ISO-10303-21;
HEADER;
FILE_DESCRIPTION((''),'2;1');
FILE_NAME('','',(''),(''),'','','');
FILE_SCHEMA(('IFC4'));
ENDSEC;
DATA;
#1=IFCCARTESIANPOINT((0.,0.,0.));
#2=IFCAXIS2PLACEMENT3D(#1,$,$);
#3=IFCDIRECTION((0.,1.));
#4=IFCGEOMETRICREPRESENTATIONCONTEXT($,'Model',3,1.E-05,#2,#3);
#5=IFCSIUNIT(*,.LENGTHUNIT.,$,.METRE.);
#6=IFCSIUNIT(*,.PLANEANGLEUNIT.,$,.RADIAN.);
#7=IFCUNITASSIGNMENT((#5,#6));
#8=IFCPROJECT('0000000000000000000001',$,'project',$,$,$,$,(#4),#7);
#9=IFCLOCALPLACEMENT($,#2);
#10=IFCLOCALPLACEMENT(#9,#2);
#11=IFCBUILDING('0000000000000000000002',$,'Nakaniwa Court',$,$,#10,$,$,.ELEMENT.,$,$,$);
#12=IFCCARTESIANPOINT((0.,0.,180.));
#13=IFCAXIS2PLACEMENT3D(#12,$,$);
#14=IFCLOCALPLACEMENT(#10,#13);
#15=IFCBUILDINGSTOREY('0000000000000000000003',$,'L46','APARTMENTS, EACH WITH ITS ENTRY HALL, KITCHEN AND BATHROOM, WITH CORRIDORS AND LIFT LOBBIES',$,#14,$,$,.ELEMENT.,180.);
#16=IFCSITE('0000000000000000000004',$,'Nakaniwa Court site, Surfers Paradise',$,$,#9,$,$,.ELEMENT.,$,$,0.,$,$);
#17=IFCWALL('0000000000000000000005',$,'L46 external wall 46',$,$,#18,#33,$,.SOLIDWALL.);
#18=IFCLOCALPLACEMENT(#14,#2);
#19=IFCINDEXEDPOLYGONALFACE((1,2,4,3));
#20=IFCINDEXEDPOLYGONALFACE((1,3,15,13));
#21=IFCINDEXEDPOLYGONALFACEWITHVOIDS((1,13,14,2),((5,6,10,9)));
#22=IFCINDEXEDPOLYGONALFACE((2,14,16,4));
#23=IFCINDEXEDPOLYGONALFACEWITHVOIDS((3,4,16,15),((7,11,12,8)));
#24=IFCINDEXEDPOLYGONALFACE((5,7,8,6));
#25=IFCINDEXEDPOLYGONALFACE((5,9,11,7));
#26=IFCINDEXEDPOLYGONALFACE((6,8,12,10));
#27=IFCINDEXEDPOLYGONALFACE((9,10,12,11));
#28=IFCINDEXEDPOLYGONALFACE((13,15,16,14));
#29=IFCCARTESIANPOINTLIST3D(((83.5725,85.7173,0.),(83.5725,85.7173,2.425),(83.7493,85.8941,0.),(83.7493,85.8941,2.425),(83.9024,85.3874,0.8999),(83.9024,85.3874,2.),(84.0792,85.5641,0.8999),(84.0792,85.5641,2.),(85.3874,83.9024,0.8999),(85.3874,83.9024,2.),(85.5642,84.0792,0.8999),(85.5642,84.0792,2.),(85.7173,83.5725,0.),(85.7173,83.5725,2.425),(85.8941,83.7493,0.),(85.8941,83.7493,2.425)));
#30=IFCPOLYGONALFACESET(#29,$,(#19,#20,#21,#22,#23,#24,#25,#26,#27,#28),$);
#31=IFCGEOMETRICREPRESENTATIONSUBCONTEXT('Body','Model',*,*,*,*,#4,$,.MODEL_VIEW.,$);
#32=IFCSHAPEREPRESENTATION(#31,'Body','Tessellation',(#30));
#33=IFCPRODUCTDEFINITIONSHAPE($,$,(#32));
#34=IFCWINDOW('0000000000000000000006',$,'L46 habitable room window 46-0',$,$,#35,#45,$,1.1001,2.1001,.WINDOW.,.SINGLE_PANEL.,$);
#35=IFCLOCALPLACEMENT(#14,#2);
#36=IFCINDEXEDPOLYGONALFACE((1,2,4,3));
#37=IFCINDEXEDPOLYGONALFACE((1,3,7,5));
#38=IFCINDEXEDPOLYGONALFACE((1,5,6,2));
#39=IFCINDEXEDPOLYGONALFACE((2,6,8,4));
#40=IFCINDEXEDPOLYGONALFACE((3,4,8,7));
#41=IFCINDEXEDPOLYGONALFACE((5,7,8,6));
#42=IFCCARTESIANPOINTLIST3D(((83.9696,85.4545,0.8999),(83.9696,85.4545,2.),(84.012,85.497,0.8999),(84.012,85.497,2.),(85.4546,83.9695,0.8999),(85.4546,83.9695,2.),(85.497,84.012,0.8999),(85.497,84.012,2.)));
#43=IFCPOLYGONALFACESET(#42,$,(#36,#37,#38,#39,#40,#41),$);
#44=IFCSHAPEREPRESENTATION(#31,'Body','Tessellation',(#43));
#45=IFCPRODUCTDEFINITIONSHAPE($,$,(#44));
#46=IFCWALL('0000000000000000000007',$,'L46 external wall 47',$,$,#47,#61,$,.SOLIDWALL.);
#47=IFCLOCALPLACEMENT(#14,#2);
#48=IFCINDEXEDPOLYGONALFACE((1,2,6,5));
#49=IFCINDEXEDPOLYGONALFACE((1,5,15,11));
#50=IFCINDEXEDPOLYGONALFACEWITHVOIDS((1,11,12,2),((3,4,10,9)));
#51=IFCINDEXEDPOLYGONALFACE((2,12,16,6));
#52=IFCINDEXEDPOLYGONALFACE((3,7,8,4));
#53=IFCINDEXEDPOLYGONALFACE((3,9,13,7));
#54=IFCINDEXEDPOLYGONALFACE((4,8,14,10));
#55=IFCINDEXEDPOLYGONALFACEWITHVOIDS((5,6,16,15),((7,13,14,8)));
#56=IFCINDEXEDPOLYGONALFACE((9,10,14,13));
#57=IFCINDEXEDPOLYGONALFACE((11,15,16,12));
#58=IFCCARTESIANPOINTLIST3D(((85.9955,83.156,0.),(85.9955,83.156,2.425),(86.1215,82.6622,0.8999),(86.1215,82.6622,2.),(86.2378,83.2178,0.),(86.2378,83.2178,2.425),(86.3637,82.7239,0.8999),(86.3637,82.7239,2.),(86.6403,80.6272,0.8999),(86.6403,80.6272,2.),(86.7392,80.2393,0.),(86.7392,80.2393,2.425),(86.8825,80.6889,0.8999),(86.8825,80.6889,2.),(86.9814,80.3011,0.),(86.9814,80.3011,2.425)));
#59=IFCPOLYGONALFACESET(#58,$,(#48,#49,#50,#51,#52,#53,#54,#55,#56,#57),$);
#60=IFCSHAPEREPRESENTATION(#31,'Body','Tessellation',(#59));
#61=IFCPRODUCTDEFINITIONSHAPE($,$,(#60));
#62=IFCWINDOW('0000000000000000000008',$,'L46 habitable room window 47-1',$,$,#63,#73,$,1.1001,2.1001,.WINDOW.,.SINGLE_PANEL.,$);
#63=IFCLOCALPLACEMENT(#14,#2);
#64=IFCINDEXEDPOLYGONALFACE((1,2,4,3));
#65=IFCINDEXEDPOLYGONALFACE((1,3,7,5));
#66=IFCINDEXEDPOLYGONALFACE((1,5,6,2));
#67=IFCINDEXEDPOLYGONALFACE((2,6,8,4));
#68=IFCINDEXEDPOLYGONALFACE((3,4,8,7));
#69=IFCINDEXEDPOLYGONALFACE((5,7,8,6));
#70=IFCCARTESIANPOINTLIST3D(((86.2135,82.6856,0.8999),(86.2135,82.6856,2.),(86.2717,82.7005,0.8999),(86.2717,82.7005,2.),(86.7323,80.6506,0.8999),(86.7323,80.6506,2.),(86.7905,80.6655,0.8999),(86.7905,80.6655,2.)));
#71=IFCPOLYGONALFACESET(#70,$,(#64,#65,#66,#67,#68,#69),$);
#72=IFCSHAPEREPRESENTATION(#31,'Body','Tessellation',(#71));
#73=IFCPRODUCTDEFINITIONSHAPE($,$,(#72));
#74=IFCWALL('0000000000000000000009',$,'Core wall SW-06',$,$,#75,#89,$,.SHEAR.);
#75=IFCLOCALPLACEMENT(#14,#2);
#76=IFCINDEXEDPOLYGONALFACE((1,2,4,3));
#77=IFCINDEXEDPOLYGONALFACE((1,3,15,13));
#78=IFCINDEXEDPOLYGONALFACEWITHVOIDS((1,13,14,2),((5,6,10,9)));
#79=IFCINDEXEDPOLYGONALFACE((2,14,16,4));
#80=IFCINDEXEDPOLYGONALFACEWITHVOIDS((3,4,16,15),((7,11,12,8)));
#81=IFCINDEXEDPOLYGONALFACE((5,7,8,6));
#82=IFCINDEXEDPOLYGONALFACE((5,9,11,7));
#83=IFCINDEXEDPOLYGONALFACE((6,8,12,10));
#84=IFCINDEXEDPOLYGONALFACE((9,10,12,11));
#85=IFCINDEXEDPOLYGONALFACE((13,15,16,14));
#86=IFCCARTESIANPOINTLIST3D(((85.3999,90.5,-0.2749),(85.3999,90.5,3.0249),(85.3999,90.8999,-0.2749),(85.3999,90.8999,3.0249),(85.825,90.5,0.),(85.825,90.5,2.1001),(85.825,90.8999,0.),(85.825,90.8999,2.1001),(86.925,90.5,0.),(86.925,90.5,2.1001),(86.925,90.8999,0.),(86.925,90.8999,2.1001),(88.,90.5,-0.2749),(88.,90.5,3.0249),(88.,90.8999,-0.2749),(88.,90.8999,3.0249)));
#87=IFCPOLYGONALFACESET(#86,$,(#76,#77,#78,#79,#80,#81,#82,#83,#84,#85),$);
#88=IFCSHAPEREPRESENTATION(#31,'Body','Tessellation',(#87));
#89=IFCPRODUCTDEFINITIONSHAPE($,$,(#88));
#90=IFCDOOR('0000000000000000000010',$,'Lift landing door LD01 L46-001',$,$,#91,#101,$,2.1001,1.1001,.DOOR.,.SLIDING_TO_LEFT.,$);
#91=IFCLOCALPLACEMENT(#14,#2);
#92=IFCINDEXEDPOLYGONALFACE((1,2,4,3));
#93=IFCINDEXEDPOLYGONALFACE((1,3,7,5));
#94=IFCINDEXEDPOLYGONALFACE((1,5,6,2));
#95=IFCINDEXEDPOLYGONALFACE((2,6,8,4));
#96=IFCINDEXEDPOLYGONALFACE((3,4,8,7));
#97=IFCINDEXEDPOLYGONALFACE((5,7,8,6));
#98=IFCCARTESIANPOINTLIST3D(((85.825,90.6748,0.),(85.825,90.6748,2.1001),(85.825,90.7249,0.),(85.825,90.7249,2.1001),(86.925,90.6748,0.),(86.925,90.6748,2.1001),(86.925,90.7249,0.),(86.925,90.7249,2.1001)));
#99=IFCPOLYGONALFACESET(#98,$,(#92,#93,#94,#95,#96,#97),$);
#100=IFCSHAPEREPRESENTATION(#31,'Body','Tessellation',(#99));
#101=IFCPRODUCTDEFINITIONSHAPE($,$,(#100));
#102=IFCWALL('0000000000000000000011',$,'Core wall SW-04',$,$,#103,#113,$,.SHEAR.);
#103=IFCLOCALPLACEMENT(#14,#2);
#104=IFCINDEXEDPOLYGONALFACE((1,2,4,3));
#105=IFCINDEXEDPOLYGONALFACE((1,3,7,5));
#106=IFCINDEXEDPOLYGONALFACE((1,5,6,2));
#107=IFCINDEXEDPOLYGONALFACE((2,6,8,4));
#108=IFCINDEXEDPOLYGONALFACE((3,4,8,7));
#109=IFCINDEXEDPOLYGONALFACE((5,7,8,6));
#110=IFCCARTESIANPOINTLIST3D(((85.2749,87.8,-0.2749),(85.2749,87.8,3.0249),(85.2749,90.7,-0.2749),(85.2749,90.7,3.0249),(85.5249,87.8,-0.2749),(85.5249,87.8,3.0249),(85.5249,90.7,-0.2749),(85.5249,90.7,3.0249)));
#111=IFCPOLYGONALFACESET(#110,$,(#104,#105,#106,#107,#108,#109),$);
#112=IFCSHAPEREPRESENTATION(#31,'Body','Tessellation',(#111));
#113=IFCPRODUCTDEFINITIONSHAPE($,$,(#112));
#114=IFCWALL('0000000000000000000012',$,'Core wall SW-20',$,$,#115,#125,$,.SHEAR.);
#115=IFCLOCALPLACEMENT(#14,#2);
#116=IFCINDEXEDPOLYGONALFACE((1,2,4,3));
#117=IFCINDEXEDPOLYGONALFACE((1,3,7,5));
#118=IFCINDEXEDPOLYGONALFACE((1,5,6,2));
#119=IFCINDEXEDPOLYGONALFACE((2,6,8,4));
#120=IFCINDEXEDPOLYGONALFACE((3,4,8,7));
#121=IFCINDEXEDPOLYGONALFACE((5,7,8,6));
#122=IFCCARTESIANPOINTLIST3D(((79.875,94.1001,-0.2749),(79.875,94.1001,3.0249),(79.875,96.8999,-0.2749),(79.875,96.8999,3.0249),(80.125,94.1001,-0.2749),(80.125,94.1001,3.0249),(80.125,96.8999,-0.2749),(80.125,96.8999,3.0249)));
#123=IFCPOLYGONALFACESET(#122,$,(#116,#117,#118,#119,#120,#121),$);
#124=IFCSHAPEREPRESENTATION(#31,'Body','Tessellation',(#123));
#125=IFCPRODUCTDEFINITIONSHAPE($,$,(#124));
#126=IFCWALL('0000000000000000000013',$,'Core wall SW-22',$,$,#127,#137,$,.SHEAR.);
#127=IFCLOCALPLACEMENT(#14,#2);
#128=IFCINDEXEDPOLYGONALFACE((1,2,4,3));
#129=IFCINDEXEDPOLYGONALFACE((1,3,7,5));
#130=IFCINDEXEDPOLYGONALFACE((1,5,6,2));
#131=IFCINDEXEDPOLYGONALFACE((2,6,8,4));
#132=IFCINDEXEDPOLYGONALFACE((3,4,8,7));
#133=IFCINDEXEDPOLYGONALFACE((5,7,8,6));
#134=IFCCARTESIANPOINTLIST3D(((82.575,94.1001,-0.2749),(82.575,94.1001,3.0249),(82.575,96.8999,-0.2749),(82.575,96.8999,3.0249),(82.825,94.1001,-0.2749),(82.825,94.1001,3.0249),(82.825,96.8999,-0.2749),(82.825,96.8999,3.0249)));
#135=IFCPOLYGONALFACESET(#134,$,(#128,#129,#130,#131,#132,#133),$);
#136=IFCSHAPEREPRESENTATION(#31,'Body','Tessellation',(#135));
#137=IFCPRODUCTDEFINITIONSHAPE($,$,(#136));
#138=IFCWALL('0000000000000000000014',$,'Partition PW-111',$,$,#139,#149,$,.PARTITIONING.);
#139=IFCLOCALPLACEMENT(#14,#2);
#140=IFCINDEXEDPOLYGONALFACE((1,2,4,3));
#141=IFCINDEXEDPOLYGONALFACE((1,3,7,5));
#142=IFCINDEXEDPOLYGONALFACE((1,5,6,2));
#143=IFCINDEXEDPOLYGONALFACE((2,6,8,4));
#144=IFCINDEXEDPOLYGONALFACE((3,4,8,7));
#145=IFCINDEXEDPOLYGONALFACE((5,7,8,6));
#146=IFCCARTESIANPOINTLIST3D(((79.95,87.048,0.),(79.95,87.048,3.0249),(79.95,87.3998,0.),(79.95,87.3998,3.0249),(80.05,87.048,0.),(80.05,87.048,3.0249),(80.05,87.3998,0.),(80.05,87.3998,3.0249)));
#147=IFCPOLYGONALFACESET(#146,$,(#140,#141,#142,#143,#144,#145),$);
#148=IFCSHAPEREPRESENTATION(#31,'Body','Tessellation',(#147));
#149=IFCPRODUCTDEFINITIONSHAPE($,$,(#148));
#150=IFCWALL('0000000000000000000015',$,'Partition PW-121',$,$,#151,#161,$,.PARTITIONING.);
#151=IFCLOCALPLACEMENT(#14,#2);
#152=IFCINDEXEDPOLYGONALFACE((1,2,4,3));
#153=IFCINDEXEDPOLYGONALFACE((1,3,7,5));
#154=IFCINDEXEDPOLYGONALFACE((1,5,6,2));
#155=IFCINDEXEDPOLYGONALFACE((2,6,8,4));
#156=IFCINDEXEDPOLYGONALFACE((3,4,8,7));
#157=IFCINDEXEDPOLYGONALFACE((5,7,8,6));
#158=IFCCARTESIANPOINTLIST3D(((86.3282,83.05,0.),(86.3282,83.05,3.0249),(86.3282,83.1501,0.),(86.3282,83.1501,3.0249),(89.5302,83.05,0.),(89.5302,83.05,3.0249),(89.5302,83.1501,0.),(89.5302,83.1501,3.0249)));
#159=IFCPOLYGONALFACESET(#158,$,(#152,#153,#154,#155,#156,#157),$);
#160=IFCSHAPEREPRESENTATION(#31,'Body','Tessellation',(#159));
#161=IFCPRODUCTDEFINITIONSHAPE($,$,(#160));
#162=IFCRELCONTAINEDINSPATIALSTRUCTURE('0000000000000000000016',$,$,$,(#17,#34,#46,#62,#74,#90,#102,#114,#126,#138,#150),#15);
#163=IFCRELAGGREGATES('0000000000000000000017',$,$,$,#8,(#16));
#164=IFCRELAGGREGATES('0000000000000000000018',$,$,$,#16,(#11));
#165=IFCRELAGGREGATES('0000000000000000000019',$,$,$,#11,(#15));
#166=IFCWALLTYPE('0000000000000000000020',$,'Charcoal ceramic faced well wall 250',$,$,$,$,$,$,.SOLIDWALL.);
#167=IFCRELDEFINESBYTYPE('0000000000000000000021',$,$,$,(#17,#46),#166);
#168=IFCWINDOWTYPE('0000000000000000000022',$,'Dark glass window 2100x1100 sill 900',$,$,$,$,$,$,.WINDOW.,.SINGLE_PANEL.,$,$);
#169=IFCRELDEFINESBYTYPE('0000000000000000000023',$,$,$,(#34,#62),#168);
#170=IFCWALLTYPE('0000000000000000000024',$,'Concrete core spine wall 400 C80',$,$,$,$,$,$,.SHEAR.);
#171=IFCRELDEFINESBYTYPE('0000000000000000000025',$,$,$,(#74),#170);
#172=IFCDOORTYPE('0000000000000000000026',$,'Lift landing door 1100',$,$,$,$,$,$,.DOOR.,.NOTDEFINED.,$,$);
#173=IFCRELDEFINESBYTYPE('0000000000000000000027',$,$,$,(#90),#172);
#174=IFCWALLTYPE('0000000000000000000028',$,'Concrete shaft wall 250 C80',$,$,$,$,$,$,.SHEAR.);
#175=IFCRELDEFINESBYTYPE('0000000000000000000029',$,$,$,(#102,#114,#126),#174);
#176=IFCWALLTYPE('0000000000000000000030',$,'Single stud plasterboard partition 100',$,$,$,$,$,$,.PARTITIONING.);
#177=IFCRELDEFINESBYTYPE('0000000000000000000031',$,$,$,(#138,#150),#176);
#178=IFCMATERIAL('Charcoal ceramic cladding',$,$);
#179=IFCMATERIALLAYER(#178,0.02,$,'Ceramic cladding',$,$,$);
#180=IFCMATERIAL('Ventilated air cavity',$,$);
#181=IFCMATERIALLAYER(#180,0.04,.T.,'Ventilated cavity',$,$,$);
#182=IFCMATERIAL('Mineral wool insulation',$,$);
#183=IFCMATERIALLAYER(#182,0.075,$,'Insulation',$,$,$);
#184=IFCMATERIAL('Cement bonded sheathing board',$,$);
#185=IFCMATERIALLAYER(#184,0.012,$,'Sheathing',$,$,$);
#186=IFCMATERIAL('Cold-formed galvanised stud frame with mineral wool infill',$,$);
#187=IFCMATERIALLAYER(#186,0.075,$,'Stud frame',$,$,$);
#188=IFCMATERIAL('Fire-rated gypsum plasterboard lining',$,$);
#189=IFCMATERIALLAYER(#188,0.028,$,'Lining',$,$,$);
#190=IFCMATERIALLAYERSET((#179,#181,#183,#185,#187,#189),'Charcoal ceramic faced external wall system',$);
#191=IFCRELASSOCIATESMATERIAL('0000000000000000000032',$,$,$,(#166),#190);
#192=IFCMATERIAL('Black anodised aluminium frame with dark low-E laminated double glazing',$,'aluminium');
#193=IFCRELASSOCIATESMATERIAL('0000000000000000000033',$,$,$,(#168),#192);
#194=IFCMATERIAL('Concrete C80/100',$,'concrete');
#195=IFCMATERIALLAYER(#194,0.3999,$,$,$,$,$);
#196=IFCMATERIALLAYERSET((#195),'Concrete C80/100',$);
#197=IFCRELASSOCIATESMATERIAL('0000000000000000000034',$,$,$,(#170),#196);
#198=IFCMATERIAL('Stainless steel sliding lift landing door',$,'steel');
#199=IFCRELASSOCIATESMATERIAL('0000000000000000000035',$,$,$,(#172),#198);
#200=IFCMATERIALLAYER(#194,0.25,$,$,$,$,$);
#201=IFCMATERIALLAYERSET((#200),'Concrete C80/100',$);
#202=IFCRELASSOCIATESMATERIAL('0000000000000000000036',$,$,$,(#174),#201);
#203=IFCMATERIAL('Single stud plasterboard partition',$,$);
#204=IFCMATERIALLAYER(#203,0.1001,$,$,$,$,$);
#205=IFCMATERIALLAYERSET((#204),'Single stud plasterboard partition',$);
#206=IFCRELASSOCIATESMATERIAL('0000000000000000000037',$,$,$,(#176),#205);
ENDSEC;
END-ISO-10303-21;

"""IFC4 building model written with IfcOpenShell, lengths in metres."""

from ifc_helpers import new_model, si_unit, direction, frame, frame_2d, origin, place, context, subcontext, project, spatial, rectangle, extrude, material, layer, layer_set, type_object, element, fill, save


model = new_model("IFC4")

# Units and contexts
model_context = context("Model", 3, precision=1e-05, world=origin(), true_north=direction((0.0, 1.0)))
body_context = subcontext(model_context, "Body", "Model", "MODEL_VIEW")
ifc_project = project(units=[si_unit("LENGTHUNIT", "METRE"), si_unit("PLANEANGLEUNIT", "RADIAN")], contexts=[model_context])

# Site, building, storey
site_placement = place(None, origin())
site = spatial("IfcSite", under=ifc_project, at=site_placement, Name="Nakaniwa Court site, Surfers Paradise", CompositionType="ELEMENT", RefElevation=0.0)
building_placement = place(site_placement, origin())
building = spatial("IfcBuilding", under=site, at=building_placement, Name="Nakaniwa Court", CompositionType="ELEMENT")
storey_placement = place(building_placement, frame((0.0, 0.0, 180.0)))
storey = spatial("IfcBuildingStorey", under=building, at=storey_placement, Name="L46", Description="APARTMENTS, EACH WITH ITS ENTRY HALL, KITCHEN AND BATHROOM, WITH CORRIDORS AND LIFT LOBBIES", CompositionType="ELEMENT", Elevation=180.0)

# Shared definitions
ifc_material_1 = material(Name="Concrete C80/100", Category="concrete")

# Walls, openings, windows
ifc_material_2 = material(Name="Charcoal ceramic cladding")
ifc_layer_1 = layer(ifc_material_2, 0.02, Name="Ceramic cladding")
ifc_material_3 = material(Name="Ventilated air cavity")
ifc_layer_2 = layer(ifc_material_3, 0.04, ventilated=True, Name="Ventilated cavity")
ifc_material_4 = material(Name="Mineral wool insulation")
ifc_layer_3 = layer(ifc_material_4, 0.075, Name="Insulation")
ifc_material_5 = material(Name="Cement bonded sheathing board")
ifc_layer_4 = layer(ifc_material_5, 0.012, Name="Sheathing")
ifc_material_6 = material(Name="Cold-formed galvanised stud frame with mineral wool infill")
ifc_layer_5 = layer(ifc_material_6, 0.075, Name="Stud frame")
ifc_material_7 = material(Name="Fire-rated gypsum plasterboard lining")
ifc_layer_6 = layer(ifc_material_7, 0.028, Name="Lining")
ifc_layer_set_1 = layer_set([ifc_layer_1, ifc_layer_2, ifc_layer_3, ifc_layer_4, ifc_layer_5, ifc_layer_6], Name="Charcoal ceramic faced external wall system")
wall_type_1 = type_object("IfcWallType", Name="Charcoal ceramic faced well wall 250", PredefinedType="SOLIDWALL", material=ifc_layer_set_1)
ifc_material_8 = material(Name="Black anodised aluminium frame with dark low-E laminated double glazing", Category="aluminium")
window_type = type_object("IfcWindowType", Name="Dark glass window 2100x1100 sill 900", PartitioningType="SINGLE_PANEL", PredefinedType="WINDOW", material=ifc_material_8)
wall_1_placement = place(storey_placement, frame((83.6609, 85.8057, 0.0), z_axis=(0.0, 0.0, 1.0), x_axis=(0.707107, -0.707107, 0.0)))
wall_1 = element("IfcWall", 1, at=wall_1_placement, inside=storey, type_object=wall_type_1, Name="L46 external wall 46", PredefinedType="SOLIDWALL", context=body_context, shape_type="SweptSolid", body=[
    extrude(rectangle(XDim=3.0332, YDim=0.25, at=frame_2d((1.5166, 0.0))), origin(), (0.0, 0.0, 1.0), 2.425),
])
opening_1_placement = place(wall_1_placement, frame((0.4666, 0.0, 0.8999)))
opening_1 = element("IfcOpeningElement", 2, at=opening_1_placement, cuts=wall_1, PredefinedType="OPENING", context=body_context, shape_type="SweptSolid", body=[
    extrude(rectangle(XDim=2.1001, YDim=1.1001, at=frame_2d((1.05, 0.55))), frame((0.0, 0.135, 0.0), z_axis=(0.0, -1.0, 0.0), x_axis=(1.0, 0.0, 0.0)), (0.0, 0.0, 1.0), 0.27),
])
window_1_placement = place(opening_1_placement, origin())
window_1 = element("IfcWindow", 3, at=window_1_placement, inside=storey, type_object=window_type, Name="L46 habitable room window 46-0", OverallHeight=1.1001, OverallWidth=2.1001, PartitioningType="SINGLE_PANEL", PredefinedType="WINDOW", context=body_context, shape_type="SweptSolid", body=[
    extrude(rectangle(XDim=2.1001, YDim=1.1001, at=frame_2d((1.05, 0.55))), frame((0.0, 0.03, 0.0), z_axis=(0.0, -1.0, 0.0), x_axis=(1.0, 0.0, 0.0)), (0.0, 0.0, 1.0), 0.0601),
])
fill(opening_1, window_1)
wall_2_placement = place(storey_placement, frame((86.1167, 83.1868, 0.0), z_axis=(0.0, 0.0, 1.0), x_axis=(0.247056, -0.969001, 0.0)))
wall_2 = element("IfcWall", 4, at=wall_2_placement, inside=storey, type_object=wall_type_1, Name="L46 external wall 47", PredefinedType="SOLIDWALL", context=body_context, shape_type="SweptSolid", body=[
    extrude(rectangle(XDim=3.01, YDim=0.25, at=frame_2d((1.5049, 0.0))), origin(), (0.0, 0.0, 1.0), 2.425),
])
opening_2_placement = place(wall_2_placement, frame((0.5095, 0.0, 0.8999)))
opening_2 = element("IfcOpeningElement", 5, at=opening_2_placement, cuts=wall_2, PredefinedType="OPENING", context=body_context, shape_type="SweptSolid", body=[
    extrude(rectangle(XDim=2.1001, YDim=1.1001, at=frame_2d((1.05, 0.55))), frame((0.0, 0.135, 0.0), z_axis=(0.0, -1.0, 0.0), x_axis=(1.0, 0.0, 0.0)), (0.0, 0.0, 1.0), 0.27),
])
window_2_placement = place(opening_2_placement, origin())
window_2 = element("IfcWindow", 6, at=window_2_placement, inside=storey, type_object=window_type, Name="L46 habitable room window 47-1", OverallHeight=1.1001, OverallWidth=2.1001, PartitioningType="SINGLE_PANEL", PredefinedType="WINDOW", context=body_context, shape_type="SweptSolid", body=[
    extrude(rectangle(XDim=2.1001, YDim=1.1001, at=frame_2d((1.05, 0.55))), frame((0.0, 0.03, 0.0), z_axis=(0.0, -1.0, 0.0), x_axis=(1.0, 0.0, 0.0)), (0.0, 0.0, 1.0), 0.0601),
])
fill(opening_2, window_2)

# Wall, opening, door
ifc_layer_7 = layer(ifc_material_1, 0.3999)
ifc_layer_set_2 = layer_set([ifc_layer_7], Name="Concrete C80/100")
wall_type_2 = type_object("IfcWallType", Name="Concrete core spine wall 400 C80", PredefinedType="SHEAR", material=ifc_layer_set_2)
wall_3_placement = place(storey_placement, frame((85.3999, 90.7, -0.2749), z_axis=(0.0, 0.0, 1.0), x_axis=(1.0, 0.0, 0.0)))
wall_3 = element("IfcWall", 7, at=wall_3_placement, inside=storey, type_object=wall_type_2, Name="Core wall SW-06", PredefinedType="SHEAR", context=body_context, shape_type="SweptSolid", body=[
    extrude(rectangle(XDim=2.6001, YDim=0.3999, at=frame_2d((1.3, 0.0))), origin(), (0.0, 0.0, 1.0), 3.2998),
])
opening_3_placement = place(wall_3_placement, frame((0.425, 0.0, 0.2749)))
opening_3 = element("IfcOpeningElement", 8, at=opening_3_placement, cuts=wall_3, PredefinedType="OPENING", context=body_context, shape_type="SweptSolid", body=[
    extrude(rectangle(XDim=1.1001, YDim=2.1001, at=frame_2d((0.55, 1.05))), frame((0.0, 0.21, 0.0), z_axis=(0.0, -1.0, 0.0), x_axis=(1.0, 0.0, 0.0)), (0.0, 0.0, 1.0), 0.4199),
])
ifc_material_9 = material(Name="Stainless steel sliding lift landing door", Category="steel")
door_type_1 = type_object("IfcDoorType", Name="Lift landing door 1100", OperationType="NOTDEFINED", PredefinedType="DOOR", material=ifc_material_9)
door_1_placement = place(opening_3_placement, origin())
door_1 = element("IfcDoor", 9, at=door_1_placement, inside=storey, type_object=door_type_1, Name="Lift landing door LD01 L46-001", OperationType="SLIDING_TO_LEFT", OverallHeight=2.1001, OverallWidth=1.1001, PredefinedType="DOOR", context=body_context, shape_type="SweptSolid", body=[
    extrude(rectangle(XDim=1.1001, YDim=2.1001, at=frame_2d((0.55, 1.05))), frame((0.0, 0.0249, 0.0), z_axis=(0.0, -1.0, 0.0), x_axis=(1.0, 0.0, 0.0)), (0.0, 0.0, 1.0), 0.05),
])
fill(opening_3, door_1)

# Walls
ifc_layer_8 = layer(ifc_material_1, 0.25)
ifc_layer_set_3 = layer_set([ifc_layer_8], Name="Concrete C80/100")
wall_type_3 = type_object("IfcWallType", Name="Concrete shaft wall 250 C80", PredefinedType="SHEAR", material=ifc_layer_set_3)
wall_4_placement = place(storey_placement, frame((85.3999, 87.8, -0.2749), z_axis=(0.0, 0.0, 1.0), x_axis=(0.0, 1.0, 0.0)))
element("IfcWall", 10, at=wall_4_placement, inside=storey, type_object=wall_type_3, Name="Core wall SW-04", PredefinedType="SHEAR", context=body_context, shape_type="SweptSolid", body=[
    extrude(rectangle(XDim=2.8999, YDim=0.25, at=frame_2d((1.45, 0.0))), origin(), (0.0, 0.0, 1.0), 3.2998),
])
for number, where, z_axis, x_axis, name in (
    (11, (80.0, 94.1001, -0.2749), (0.0, 0.0, 1.0), (0.0, 1.0, 0.0), "Core wall SW-20"),
    (12, (82.7, 94.1001, -0.2749), (0.0, 0.0, 1.0), (0.0, 1.0, 0.0), "Core wall SW-22"),
):
    element("IfcWall", number, at=place(storey_placement, frame(where, z_axis=z_axis, x_axis=x_axis)), inside=storey, type_object=wall_type_3, Name=name, PredefinedType="SHEAR", context=body_context, shape_type="SweptSolid", body=[
        extrude(rectangle(XDim=2.7998, YDim=0.25, at=frame_2d((1.3999, 0.0))), origin(), (0.0, 0.0, 1.0), 3.2998),
    ])
ifc_material_10 = material(Name="Single stud plasterboard partition")
ifc_layer_9 = layer(ifc_material_10, 0.1001)
ifc_layer_set_4 = layer_set([ifc_layer_9], Name="Single stud plasterboard partition")
wall_type_4 = type_object("IfcWallType", Name="Single stud plasterboard partition 100", PredefinedType="PARTITIONING", material=ifc_layer_set_4)
wall_5_placement = place(storey_placement, frame((80.0, 87.0481, 0.0), z_axis=(0.0, 0.0, 1.0), x_axis=(0.0, 1.0, 0.0)))
element("IfcWall", 13, at=wall_5_placement, inside=storey, type_object=wall_type_4, Name="Partition PW-111", PredefinedType="PARTITIONING", context=body_context, shape_type="SweptSolid", body=[
    extrude(rectangle(XDim=0.3518, YDim=0.1001, at=frame_2d((0.1758, 0.0))), origin(), (0.0, 0.0, 1.0), 3.0249),
])
wall_6_placement = place(storey_placement, frame((86.3281, 83.1001, 0.0), z_axis=(0.0, 0.0, 1.0), x_axis=(1.0, 0.0, 0.0)))
element("IfcWall", 14, at=wall_6_placement, inside=storey, type_object=wall_type_4, Name="Partition PW-121", PredefinedType="PARTITIONING", context=body_context, shape_type="SweptSolid", body=[
    extrude(rectangle(XDim=3.2019, YDim=0.1001, at=frame_2d((1.6011, 0.0))), origin(), (0.0, 0.0, 1.0), 3.0249),
])

save(model, "model.ifc")
